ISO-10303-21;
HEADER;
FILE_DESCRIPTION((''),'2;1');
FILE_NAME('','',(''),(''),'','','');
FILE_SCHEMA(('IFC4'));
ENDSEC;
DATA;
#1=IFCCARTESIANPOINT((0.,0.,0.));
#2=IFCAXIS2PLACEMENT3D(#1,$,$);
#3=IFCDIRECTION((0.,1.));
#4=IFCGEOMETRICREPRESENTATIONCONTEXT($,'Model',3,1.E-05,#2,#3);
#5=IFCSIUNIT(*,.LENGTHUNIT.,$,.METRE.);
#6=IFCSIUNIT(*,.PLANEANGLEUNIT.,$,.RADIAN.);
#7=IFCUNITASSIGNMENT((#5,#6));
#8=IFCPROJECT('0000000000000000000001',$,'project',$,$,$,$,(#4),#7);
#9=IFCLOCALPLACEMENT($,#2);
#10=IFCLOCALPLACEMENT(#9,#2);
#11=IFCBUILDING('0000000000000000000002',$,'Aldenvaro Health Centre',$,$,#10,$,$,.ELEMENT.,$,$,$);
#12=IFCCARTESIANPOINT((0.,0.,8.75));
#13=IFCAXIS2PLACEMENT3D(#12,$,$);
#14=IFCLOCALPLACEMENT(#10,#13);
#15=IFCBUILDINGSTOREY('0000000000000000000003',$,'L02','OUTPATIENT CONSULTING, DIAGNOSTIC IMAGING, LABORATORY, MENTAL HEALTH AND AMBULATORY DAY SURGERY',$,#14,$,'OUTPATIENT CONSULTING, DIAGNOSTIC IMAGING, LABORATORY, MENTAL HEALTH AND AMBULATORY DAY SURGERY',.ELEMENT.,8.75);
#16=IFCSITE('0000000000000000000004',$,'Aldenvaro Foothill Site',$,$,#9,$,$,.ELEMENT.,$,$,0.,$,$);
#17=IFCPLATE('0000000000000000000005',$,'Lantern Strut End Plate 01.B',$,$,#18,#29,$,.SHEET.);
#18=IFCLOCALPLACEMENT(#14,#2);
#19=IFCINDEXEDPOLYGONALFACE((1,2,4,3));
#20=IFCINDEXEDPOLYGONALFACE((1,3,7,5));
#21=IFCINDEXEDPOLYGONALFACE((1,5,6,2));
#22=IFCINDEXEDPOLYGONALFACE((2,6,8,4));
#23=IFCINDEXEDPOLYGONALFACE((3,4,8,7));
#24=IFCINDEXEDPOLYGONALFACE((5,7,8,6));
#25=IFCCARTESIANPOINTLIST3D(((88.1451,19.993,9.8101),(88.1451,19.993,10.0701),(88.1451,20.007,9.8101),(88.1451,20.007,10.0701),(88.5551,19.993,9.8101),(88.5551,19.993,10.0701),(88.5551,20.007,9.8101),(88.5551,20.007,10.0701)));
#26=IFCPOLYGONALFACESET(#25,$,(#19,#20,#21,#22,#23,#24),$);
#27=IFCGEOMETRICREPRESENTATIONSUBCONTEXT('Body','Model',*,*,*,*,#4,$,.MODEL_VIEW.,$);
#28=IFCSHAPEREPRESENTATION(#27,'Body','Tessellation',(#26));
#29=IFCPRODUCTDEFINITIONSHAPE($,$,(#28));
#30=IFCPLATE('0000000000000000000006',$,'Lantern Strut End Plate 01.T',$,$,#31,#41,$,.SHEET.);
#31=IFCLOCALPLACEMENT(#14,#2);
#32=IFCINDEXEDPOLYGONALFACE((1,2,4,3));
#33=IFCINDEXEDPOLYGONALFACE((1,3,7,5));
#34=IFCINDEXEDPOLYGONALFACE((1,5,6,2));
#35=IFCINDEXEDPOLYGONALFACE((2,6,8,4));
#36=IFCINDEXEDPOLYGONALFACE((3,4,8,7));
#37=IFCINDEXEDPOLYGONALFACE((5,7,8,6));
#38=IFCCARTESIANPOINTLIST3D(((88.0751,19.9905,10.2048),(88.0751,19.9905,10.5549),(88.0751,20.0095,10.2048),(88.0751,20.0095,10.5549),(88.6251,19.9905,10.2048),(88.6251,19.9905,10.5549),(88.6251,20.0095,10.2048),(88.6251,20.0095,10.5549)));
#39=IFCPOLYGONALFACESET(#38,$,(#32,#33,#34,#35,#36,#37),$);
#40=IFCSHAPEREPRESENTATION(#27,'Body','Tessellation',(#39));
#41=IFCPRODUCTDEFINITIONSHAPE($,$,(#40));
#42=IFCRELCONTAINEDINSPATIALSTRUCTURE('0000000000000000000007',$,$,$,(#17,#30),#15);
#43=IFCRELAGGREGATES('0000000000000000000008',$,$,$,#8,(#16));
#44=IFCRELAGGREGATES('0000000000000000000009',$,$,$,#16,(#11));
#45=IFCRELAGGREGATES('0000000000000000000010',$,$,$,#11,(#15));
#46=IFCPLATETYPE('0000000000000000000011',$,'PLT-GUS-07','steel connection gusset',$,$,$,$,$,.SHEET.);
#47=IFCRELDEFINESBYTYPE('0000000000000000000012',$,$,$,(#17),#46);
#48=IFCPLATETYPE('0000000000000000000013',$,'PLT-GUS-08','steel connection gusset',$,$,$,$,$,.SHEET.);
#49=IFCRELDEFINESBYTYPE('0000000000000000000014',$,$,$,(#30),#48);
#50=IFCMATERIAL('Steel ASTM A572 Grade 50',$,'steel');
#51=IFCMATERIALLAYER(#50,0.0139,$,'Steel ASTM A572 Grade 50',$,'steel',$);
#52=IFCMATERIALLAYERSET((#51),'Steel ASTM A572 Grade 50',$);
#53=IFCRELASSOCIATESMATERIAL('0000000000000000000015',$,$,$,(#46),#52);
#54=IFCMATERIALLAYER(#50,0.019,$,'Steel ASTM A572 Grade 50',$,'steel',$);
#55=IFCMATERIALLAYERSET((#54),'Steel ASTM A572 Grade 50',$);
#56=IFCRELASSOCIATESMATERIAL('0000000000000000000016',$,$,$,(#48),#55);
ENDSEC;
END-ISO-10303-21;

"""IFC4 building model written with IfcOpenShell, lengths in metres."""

from ifc_helpers import new_model, si_unit, direction, frame, origin, origin_2d, place, context, subcontext, project, spatial, rectangle, extrude, material, layer, layer_set, type_object, element, save


model = new_model("IFC4")

# Units and contexts
model_context = context("Model", 3, precision=1e-05, world=origin(), true_north=direction((0.0, 1.0)))
body_context = subcontext(model_context, "Body", "Model", "MODEL_VIEW")
ifc_project = project(units=[si_unit("LENGTHUNIT", "METRE"), si_unit("PLANEANGLEUNIT", "RADIAN")], contexts=[model_context])

# Site, building, storey
site_placement = place(None, origin())
site = spatial("IfcSite", under=ifc_project, at=site_placement, Name="Aldenvaro Foothill Site", CompositionType="ELEMENT", RefElevation=0.0)
building_placement = place(site_placement, origin())
building = spatial("IfcBuilding", under=site, at=building_placement, Name="Aldenvaro Health Centre", CompositionType="ELEMENT")
storey_placement = place(building_placement, frame((0.0, 0.0, 8.75)))
storey = spatial("IfcBuildingStorey", under=building, at=storey_placement, Name="L02", Description="OUTPATIENT CONSULTING, DIAGNOSTIC IMAGING, LABORATORY, MENTAL HEALTH AND AMBULATORY DAY SURGERY", LongName="OUTPATIENT CONSULTING, DIAGNOSTIC IMAGING, LABORATORY, MENTAL HEALTH AND AMBULATORY DAY SURGERY", CompositionType="ELEMENT", Elevation=8.75)

# Plates
ifc_material_1 = material(Name="Steel ASTM A572 Grade 50", Category="steel")
ifc_layer_1 = layer(ifc_material_1, 0.0139, Name="Steel ASTM A572 Grade 50", Category="steel")
ifc_layer_set_1 = layer_set([ifc_layer_1], Name="Steel ASTM A572 Grade 50")
plate_type_1 = type_object("IfcPlateType", Name="PLT-GUS-07", Description="steel connection gusset", PredefinedType="SHEET", material=ifc_layer_set_1)
plate_1_placement = place(storey_placement, frame((88.3501, 20.0, 9.8101), z_axis=(0.0, 0.0, 1.0), x_axis=(1.0, 0.0, 0.0)))
element("IfcPlate", 1, at=plate_1_placement, inside=storey, type_object=plate_type_1, Name="Lantern Strut End Plate 01.B", PredefinedType="SHEET", context=body_context, shape_type="SweptSolid", body=[
    extrude(rectangle(XDim=0.4099, YDim=0.0139, at=origin_2d()), origin(), (0.0, 0.0, 1.0), 0.26),
])
ifc_layer_2 = layer(ifc_material_1, 0.019, Name="Steel ASTM A572 Grade 50", Category="steel")
ifc_layer_set_2 = layer_set([ifc_layer_2], Name="Steel ASTM A572 Grade 50")
plate_type_2 = type_object("IfcPlateType", Name="PLT-GUS-08", Description="steel connection gusset", PredefinedType="SHEET", material=ifc_layer_set_2)
plate_2_placement = place(storey_placement, frame((88.3501, 20.0, 10.2048), z_axis=(0.0, 0.0, 1.0), x_axis=(1.0, 0.0, 0.0)))
element("IfcPlate", 2, at=plate_2_placement, inside=storey, type_object=plate_type_2, Name="Lantern Strut End Plate 01.T", PredefinedType="SHEET", context=body_context, shape_type="SweptSolid", body=[
    extrude(rectangle(XDim=0.55, YDim=0.019, at=origin_2d()), origin(), (0.0, 0.0, 1.0), 0.3501),
])

save(model, "model.ifc")
